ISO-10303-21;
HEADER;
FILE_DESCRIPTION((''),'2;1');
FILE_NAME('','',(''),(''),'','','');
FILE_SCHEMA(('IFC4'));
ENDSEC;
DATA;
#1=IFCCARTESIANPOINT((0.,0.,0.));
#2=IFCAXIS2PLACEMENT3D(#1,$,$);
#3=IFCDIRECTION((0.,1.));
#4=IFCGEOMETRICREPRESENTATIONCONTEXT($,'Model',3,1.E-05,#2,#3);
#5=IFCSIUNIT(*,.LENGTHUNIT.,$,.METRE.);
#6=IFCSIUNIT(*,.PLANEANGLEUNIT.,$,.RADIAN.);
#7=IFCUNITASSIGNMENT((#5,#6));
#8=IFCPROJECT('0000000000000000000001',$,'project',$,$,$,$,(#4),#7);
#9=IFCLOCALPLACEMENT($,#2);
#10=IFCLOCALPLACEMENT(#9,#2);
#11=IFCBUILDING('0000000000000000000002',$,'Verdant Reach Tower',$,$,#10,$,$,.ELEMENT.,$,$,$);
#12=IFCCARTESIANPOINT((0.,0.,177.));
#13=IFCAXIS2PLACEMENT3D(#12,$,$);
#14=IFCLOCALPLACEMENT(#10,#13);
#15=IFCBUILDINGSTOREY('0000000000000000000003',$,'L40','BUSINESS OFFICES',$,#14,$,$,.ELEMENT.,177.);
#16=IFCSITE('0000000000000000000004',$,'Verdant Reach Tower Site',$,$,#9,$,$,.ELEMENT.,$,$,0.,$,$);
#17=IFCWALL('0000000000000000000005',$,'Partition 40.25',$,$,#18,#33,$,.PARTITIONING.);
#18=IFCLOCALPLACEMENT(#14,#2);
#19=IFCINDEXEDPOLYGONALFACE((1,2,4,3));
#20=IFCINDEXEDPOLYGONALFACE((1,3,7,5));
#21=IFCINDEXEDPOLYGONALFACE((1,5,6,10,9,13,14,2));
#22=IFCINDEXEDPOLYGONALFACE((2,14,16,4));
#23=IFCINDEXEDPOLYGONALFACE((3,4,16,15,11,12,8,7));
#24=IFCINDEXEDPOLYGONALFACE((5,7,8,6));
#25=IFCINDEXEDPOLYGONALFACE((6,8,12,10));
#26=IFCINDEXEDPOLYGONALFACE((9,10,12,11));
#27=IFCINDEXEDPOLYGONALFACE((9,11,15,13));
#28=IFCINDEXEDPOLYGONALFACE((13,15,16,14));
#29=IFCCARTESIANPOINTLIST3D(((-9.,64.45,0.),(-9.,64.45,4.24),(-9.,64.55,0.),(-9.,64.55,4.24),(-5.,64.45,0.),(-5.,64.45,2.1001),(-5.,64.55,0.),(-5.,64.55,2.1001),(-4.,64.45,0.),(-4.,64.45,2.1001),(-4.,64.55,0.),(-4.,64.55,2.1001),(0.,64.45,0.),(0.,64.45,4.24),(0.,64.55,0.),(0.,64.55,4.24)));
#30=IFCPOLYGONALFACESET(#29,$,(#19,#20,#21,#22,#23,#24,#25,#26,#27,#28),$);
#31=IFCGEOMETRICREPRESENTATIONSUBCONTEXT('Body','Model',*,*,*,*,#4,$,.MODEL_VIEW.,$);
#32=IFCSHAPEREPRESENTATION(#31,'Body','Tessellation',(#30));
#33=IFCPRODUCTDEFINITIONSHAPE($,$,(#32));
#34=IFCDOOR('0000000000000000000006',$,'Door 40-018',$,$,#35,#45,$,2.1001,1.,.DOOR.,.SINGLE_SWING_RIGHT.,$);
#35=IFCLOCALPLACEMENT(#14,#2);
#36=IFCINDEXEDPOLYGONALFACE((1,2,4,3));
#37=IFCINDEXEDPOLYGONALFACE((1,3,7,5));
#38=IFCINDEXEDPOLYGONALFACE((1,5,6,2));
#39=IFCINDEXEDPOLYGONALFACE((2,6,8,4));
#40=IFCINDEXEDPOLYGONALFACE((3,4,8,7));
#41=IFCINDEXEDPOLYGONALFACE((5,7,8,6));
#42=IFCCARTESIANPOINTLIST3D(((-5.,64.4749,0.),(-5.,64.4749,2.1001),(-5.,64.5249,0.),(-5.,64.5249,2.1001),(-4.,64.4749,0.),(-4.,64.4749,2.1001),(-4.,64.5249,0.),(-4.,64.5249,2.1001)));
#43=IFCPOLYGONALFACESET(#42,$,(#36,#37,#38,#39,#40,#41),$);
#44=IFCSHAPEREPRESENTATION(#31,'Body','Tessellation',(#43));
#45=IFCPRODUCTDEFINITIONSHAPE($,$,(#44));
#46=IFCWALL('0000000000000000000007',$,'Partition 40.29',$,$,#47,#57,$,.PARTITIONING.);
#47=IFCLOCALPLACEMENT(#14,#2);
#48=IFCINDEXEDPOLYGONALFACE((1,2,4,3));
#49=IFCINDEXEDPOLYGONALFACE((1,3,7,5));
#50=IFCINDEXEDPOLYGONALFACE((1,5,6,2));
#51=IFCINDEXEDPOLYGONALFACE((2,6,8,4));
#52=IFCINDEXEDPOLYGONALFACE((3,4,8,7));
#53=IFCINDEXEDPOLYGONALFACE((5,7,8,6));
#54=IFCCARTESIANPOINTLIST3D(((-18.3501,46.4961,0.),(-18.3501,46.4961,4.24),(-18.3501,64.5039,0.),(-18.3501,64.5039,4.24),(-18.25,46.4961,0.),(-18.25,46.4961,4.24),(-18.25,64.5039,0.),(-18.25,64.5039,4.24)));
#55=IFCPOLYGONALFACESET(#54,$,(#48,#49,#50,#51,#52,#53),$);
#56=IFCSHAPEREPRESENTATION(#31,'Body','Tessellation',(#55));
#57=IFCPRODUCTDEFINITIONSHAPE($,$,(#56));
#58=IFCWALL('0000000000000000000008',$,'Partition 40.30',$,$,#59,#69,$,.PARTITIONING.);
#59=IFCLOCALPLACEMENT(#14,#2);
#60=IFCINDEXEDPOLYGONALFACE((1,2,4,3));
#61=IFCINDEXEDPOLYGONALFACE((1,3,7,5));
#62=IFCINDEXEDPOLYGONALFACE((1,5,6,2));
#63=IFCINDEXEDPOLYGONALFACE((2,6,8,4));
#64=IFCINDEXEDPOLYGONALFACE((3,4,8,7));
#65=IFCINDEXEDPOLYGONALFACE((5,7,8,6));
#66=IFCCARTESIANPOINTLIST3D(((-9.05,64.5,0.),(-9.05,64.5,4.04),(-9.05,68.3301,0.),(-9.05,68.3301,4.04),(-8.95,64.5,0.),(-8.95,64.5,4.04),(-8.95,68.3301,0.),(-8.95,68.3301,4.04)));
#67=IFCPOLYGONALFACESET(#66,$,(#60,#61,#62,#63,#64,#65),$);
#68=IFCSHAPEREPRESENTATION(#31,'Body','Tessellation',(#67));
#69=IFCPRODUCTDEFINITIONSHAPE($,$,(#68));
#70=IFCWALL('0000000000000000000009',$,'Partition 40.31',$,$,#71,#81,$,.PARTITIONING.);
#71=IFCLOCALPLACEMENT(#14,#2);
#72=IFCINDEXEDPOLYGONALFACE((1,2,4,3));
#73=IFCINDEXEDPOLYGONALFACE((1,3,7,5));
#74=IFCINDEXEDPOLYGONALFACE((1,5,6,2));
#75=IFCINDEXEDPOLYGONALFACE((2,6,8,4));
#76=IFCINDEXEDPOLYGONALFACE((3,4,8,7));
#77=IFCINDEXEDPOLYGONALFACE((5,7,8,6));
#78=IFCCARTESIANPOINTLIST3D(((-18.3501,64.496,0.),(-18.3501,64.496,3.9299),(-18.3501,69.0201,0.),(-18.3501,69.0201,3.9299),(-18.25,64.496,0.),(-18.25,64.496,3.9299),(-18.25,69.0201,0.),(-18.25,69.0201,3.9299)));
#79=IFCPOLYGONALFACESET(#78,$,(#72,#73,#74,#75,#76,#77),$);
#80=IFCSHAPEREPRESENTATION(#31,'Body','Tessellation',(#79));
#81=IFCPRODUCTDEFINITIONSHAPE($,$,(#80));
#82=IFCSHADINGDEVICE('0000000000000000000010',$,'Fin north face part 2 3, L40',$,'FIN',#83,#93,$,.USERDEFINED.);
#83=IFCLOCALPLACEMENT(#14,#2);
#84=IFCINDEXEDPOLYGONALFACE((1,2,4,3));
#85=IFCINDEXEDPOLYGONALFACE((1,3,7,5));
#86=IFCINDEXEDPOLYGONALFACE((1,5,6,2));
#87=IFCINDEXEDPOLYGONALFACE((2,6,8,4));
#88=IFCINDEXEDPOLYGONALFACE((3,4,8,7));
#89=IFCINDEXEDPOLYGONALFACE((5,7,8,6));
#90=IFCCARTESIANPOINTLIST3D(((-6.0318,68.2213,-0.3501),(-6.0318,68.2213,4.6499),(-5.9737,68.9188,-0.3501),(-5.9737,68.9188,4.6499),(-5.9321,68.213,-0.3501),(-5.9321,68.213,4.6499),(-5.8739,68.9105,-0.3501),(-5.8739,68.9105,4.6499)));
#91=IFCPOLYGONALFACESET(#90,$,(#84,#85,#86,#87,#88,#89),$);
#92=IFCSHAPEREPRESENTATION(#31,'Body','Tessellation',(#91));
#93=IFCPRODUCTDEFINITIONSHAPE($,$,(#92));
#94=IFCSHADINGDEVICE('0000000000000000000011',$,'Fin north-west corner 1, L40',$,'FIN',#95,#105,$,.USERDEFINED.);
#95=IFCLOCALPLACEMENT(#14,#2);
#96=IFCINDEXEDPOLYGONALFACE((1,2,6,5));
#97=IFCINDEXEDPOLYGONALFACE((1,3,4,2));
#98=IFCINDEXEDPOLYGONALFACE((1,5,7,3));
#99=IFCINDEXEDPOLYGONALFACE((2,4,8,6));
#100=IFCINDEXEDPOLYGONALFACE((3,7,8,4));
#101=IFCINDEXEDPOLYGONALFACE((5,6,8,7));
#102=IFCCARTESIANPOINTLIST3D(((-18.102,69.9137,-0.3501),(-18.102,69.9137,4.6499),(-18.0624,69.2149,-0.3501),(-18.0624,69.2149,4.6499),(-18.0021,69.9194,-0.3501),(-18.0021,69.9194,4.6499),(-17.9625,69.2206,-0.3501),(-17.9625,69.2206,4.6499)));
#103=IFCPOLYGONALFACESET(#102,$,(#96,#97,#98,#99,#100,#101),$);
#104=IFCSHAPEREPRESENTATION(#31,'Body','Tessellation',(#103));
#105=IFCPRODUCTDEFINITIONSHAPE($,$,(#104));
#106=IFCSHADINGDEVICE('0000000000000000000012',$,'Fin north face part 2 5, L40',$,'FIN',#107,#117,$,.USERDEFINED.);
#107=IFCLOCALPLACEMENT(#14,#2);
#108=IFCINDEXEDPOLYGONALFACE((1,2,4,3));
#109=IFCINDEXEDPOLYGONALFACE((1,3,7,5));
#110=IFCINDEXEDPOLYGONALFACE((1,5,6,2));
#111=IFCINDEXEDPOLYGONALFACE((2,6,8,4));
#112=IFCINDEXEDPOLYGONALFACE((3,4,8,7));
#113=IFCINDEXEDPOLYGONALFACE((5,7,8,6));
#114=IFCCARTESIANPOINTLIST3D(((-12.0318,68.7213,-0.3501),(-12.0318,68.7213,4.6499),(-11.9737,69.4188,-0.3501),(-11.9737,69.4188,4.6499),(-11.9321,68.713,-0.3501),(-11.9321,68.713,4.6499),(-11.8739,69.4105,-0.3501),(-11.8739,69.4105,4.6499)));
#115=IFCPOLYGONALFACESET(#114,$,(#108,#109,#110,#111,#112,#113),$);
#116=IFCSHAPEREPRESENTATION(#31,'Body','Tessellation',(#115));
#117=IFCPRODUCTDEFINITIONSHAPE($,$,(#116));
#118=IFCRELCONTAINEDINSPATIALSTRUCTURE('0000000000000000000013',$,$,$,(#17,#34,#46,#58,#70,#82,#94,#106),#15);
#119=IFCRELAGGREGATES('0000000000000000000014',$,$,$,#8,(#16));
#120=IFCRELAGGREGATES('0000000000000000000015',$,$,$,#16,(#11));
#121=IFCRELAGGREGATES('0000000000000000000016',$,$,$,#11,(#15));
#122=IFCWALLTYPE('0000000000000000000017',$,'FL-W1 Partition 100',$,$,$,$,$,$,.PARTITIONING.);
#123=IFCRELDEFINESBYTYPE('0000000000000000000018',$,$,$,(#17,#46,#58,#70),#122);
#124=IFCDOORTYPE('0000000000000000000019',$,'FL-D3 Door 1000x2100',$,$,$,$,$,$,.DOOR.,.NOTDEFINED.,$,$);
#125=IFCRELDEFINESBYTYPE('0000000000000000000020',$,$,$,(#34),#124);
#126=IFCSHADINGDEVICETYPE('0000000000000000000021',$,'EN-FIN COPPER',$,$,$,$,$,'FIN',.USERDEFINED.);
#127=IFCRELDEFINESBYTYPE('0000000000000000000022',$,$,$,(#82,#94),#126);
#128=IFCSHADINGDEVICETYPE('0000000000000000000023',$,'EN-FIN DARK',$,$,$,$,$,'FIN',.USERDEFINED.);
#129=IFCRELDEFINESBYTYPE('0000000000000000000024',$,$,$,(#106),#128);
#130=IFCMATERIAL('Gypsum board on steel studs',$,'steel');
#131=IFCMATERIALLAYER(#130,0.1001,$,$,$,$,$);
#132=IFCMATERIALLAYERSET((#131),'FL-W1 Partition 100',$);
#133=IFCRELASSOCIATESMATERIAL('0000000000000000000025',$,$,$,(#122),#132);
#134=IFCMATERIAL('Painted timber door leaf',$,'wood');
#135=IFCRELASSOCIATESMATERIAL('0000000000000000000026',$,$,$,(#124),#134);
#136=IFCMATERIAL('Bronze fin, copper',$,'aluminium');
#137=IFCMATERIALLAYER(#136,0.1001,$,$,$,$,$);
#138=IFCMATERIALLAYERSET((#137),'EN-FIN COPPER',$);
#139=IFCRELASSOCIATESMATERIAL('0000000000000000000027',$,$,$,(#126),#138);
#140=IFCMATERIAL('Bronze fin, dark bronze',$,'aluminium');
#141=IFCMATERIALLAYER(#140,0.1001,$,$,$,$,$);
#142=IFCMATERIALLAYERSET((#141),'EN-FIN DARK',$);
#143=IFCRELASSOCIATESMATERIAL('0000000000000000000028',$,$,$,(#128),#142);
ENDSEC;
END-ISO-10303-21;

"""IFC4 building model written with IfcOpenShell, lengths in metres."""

from ifc_helpers import new_model, si_unit, direction, frame, frame_2d, origin, origin_2d, place, context, subcontext, project, spatial, rectangle, extrude, material, layer, layer_set, type_object, element, fill, save


model = new_model("IFC4")

# Units and contexts
model_context = context("Model", 3, precision=1e-05, world=origin(), true_north=direction((0.0, 1.0)))
body_context = subcontext(model_context, "Body", "Model", "MODEL_VIEW")
ifc_project = project(units=[si_unit("LENGTHUNIT", "METRE"), si_unit("PLANEANGLEUNIT", "RADIAN")], contexts=[model_context])

# Site, building, storey
site_placement = place(None, origin())
site = spatial("IfcSite", under=ifc_project, at=site_placement, Name="Verdant Reach Tower Site", CompositionType="ELEMENT", RefElevation=0.0)
building_placement = place(site_placement, origin())
building = spatial("IfcBuilding", under=site, at=building_placement, Name="Verdant Reach Tower", CompositionType="ELEMENT")
storey_placement = place(building_placement, frame((0.0, 0.0, 177.0)))
storey = spatial("IfcBuildingStorey", under=building, at=storey_placement, Name="L40", Description="BUSINESS OFFICES", CompositionType="ELEMENT", Elevation=177.0)

# Wall, opening, door
ifc_material_1 = material(Name="Gypsum board on steel studs", Category="steel")
ifc_layer_1 = layer(ifc_material_1, 0.1001)
ifc_layer_set_1 = layer_set([ifc_layer_1], Name="FL-W1 Partition 100")
wall_type = type_object("IfcWallType", Name="FL-W1 Partition 100", PredefinedType="PARTITIONING", material=ifc_layer_set_1)
ifc_material_2 = material(Name="Painted timber door leaf", Category="wood")
door_type = type_object("IfcDoorType", Name="FL-D3 Door 1000x2100", OperationType="NOTDEFINED", PredefinedType="DOOR", material=ifc_material_2)
wall_1_placement = place(storey_placement, frame((-9.0, 64.5, 0.0), z_axis=(0.0, 0.0, 1.0), x_axis=(1.0, 0.0, 0.0)))
wall_1 = element("IfcWall", 1, at=wall_1_placement, inside=storey, type_object=wall_type, Name="Partition 40.25", PredefinedType="PARTITIONING", context=body_context, shape_type="SweptSolid", body=[
    extrude(rectangle(XDim=9.0, YDim=0.1001, at=frame_2d((4.5, 0.0))), origin(), (0.0, 0.0, 1.0), 4.24),
])
opening_1_placement = place(wall_1_placement, frame((4.0, 0.0, 0.0)))
opening_1 = element("IfcOpeningElement", 2, at=opening_1_placement, cuts=wall_1, PredefinedType="OPENING", context=body_context, shape_type="SweptSolid", body=[
    extrude(rectangle(XDim=1.0, YDim=2.1001, at=frame_2d((0.5, 1.05))), frame((0.0, 0.0601, 0.0), z_axis=(0.0, -1.0, 0.0), x_axis=(1.0, 0.0, 0.0)), (0.0, 0.0, 1.0), 0.1201),
])
door_1_placement = place(opening_1_placement, origin())
door_1 = element("IfcDoor", 3, at=door_1_placement, inside=storey, type_object=door_type, Name="Door 40-018", OperationType="SINGLE_SWING_RIGHT", OverallHeight=2.1001, OverallWidth=1.0, PredefinedType="DOOR", context=body_context, shape_type="SweptSolid", body=[
    extrude(rectangle(XDim=1.0, YDim=2.1001, at=frame_2d((0.5, 1.05))), frame((0.0, 0.0249, 0.0), z_axis=(0.0, -1.0, 0.0), x_axis=(1.0, 0.0, 0.0)), (0.0, 0.0, 1.0), 0.05),
])
fill(opening_1, door_1)

# Walls
wall_2_placement = place(storey_placement, frame((-18.3, 64.5039, 0.0), z_axis=(0.0, 0.0, 1.0), x_axis=(0.0, -1.0, 0.0)))
element("IfcWall", 4, at=wall_2_placement, inside=storey, type_object=wall_type, Name="Partition 40.29", PredefinedType="PARTITIONING", context=body_context, shape_type="SweptSolid", body=[
    extrude(rectangle(XDim=18.0078, YDim=0.1001, at=frame_2d((9.0039, 0.0))), origin(), (0.0, 0.0, 1.0), 4.24),
])
wall_3_placement = place(storey_placement, frame((-9.0, 64.5, 0.0), z_axis=(0.0, 0.0, 1.0), x_axis=(0.0, 1.0, 0.0)))
element("IfcWall", 5, at=wall_3_placement, inside=storey, type_object=wall_type, Name="Partition 40.30", PredefinedType="PARTITIONING", context=body_context, shape_type="SweptSolid", body=[
    extrude(rectangle(XDim=3.8301, YDim=0.1001, at=frame_2d((1.915, 0.0))), origin(), (0.0, 0.0, 1.0), 4.04),
])
wall_4_placement = place(storey_placement, frame((-18.3, 69.0203, 0.0), z_axis=(0.0, 0.0, 1.0), x_axis=(0.0, -1.0, 0.0)))
element("IfcWall", 6, at=wall_4_placement, inside=storey, type_object=wall_type, Name="Partition 40.31", PredefinedType="PARTITIONING", context=body_context, shape_type="SweptSolid", body=[
    extrude(rectangle(XDim=4.5242, YDim=0.1001, at=frame_2d((2.2622, 0.0))), origin(), (0.0, 0.0, 1.0), 3.9299),
])

# Shading devices
ifc_material_3 = material(Name="Bronze fin, copper", Category="aluminium")
ifc_layer_2 = layer(ifc_material_3, 0.1001)
ifc_layer_set_2 = layer_set([ifc_layer_2], Name="EN-FIN COPPER")
shading_device_type_1 = type_object("IfcShadingDeviceType", Name="EN-FIN COPPER", ElementType="FIN", PredefinedType="USERDEFINED", material=ifc_layer_set_2)
for number, where, z_axis, x_axis, name in (
    (7, (-5.9529, 68.5659, -0.3501), (0.0, 0.0, 1.0), (-0.996546, 0.083045, 0.0), "Fin north face part 2 3, L40"),
    (8, (-18.0322, 69.5671, -0.3501), (0.0, 0.0, 1.0), (-0.998399, -0.056569, 0.0), "Fin north-west corner 1, L40"),
):
    element("IfcShadingDevice", number, at=place(storey_placement, frame(where, z_axis=z_axis, x_axis=x_axis)), inside=storey, type_object=shading_device_type_1, Name=name, ObjectType="FIN", PredefinedType="USERDEFINED", context=body_context, shape_type="SweptSolid", body=[
        extrude(rectangle(XDim=0.1001, YDim=0.7, at=origin_2d()), origin(), (0.0, 0.0, 1.0), 5.0),
    ])
ifc_material_4 = material(Name="Bronze fin, dark bronze", Category="aluminium")
ifc_layer_3 = layer(ifc_material_4, 0.1001)
ifc_layer_set_3 = layer_set([ifc_layer_3], Name="EN-FIN DARK")
shading_device_type_2 = type_object("IfcShadingDeviceType", Name="EN-FIN DARK", ElementType="FIN", PredefinedType="USERDEFINED", material=ifc_layer_set_3)
shading_device_placement = place(storey_placement, frame((-11.9529, 69.0659, -0.3501), z_axis=(0.0, 0.0, 1.0), x_axis=(-0.996546, 0.083045, 0.0)))
element("IfcShadingDevice", 9, at=shading_device_placement, inside=storey, type_object=shading_device_type_2, Name="Fin north face part 2 5, L40", ObjectType="FIN", PredefinedType="USERDEFINED", context=body_context, shape_type="SweptSolid", body=[
    extrude(rectangle(XDim=0.1001, YDim=0.7, at=origin_2d()), origin(), (0.0, 0.0, 1.0), 5.0),
])

save(model, "model.ifc")
